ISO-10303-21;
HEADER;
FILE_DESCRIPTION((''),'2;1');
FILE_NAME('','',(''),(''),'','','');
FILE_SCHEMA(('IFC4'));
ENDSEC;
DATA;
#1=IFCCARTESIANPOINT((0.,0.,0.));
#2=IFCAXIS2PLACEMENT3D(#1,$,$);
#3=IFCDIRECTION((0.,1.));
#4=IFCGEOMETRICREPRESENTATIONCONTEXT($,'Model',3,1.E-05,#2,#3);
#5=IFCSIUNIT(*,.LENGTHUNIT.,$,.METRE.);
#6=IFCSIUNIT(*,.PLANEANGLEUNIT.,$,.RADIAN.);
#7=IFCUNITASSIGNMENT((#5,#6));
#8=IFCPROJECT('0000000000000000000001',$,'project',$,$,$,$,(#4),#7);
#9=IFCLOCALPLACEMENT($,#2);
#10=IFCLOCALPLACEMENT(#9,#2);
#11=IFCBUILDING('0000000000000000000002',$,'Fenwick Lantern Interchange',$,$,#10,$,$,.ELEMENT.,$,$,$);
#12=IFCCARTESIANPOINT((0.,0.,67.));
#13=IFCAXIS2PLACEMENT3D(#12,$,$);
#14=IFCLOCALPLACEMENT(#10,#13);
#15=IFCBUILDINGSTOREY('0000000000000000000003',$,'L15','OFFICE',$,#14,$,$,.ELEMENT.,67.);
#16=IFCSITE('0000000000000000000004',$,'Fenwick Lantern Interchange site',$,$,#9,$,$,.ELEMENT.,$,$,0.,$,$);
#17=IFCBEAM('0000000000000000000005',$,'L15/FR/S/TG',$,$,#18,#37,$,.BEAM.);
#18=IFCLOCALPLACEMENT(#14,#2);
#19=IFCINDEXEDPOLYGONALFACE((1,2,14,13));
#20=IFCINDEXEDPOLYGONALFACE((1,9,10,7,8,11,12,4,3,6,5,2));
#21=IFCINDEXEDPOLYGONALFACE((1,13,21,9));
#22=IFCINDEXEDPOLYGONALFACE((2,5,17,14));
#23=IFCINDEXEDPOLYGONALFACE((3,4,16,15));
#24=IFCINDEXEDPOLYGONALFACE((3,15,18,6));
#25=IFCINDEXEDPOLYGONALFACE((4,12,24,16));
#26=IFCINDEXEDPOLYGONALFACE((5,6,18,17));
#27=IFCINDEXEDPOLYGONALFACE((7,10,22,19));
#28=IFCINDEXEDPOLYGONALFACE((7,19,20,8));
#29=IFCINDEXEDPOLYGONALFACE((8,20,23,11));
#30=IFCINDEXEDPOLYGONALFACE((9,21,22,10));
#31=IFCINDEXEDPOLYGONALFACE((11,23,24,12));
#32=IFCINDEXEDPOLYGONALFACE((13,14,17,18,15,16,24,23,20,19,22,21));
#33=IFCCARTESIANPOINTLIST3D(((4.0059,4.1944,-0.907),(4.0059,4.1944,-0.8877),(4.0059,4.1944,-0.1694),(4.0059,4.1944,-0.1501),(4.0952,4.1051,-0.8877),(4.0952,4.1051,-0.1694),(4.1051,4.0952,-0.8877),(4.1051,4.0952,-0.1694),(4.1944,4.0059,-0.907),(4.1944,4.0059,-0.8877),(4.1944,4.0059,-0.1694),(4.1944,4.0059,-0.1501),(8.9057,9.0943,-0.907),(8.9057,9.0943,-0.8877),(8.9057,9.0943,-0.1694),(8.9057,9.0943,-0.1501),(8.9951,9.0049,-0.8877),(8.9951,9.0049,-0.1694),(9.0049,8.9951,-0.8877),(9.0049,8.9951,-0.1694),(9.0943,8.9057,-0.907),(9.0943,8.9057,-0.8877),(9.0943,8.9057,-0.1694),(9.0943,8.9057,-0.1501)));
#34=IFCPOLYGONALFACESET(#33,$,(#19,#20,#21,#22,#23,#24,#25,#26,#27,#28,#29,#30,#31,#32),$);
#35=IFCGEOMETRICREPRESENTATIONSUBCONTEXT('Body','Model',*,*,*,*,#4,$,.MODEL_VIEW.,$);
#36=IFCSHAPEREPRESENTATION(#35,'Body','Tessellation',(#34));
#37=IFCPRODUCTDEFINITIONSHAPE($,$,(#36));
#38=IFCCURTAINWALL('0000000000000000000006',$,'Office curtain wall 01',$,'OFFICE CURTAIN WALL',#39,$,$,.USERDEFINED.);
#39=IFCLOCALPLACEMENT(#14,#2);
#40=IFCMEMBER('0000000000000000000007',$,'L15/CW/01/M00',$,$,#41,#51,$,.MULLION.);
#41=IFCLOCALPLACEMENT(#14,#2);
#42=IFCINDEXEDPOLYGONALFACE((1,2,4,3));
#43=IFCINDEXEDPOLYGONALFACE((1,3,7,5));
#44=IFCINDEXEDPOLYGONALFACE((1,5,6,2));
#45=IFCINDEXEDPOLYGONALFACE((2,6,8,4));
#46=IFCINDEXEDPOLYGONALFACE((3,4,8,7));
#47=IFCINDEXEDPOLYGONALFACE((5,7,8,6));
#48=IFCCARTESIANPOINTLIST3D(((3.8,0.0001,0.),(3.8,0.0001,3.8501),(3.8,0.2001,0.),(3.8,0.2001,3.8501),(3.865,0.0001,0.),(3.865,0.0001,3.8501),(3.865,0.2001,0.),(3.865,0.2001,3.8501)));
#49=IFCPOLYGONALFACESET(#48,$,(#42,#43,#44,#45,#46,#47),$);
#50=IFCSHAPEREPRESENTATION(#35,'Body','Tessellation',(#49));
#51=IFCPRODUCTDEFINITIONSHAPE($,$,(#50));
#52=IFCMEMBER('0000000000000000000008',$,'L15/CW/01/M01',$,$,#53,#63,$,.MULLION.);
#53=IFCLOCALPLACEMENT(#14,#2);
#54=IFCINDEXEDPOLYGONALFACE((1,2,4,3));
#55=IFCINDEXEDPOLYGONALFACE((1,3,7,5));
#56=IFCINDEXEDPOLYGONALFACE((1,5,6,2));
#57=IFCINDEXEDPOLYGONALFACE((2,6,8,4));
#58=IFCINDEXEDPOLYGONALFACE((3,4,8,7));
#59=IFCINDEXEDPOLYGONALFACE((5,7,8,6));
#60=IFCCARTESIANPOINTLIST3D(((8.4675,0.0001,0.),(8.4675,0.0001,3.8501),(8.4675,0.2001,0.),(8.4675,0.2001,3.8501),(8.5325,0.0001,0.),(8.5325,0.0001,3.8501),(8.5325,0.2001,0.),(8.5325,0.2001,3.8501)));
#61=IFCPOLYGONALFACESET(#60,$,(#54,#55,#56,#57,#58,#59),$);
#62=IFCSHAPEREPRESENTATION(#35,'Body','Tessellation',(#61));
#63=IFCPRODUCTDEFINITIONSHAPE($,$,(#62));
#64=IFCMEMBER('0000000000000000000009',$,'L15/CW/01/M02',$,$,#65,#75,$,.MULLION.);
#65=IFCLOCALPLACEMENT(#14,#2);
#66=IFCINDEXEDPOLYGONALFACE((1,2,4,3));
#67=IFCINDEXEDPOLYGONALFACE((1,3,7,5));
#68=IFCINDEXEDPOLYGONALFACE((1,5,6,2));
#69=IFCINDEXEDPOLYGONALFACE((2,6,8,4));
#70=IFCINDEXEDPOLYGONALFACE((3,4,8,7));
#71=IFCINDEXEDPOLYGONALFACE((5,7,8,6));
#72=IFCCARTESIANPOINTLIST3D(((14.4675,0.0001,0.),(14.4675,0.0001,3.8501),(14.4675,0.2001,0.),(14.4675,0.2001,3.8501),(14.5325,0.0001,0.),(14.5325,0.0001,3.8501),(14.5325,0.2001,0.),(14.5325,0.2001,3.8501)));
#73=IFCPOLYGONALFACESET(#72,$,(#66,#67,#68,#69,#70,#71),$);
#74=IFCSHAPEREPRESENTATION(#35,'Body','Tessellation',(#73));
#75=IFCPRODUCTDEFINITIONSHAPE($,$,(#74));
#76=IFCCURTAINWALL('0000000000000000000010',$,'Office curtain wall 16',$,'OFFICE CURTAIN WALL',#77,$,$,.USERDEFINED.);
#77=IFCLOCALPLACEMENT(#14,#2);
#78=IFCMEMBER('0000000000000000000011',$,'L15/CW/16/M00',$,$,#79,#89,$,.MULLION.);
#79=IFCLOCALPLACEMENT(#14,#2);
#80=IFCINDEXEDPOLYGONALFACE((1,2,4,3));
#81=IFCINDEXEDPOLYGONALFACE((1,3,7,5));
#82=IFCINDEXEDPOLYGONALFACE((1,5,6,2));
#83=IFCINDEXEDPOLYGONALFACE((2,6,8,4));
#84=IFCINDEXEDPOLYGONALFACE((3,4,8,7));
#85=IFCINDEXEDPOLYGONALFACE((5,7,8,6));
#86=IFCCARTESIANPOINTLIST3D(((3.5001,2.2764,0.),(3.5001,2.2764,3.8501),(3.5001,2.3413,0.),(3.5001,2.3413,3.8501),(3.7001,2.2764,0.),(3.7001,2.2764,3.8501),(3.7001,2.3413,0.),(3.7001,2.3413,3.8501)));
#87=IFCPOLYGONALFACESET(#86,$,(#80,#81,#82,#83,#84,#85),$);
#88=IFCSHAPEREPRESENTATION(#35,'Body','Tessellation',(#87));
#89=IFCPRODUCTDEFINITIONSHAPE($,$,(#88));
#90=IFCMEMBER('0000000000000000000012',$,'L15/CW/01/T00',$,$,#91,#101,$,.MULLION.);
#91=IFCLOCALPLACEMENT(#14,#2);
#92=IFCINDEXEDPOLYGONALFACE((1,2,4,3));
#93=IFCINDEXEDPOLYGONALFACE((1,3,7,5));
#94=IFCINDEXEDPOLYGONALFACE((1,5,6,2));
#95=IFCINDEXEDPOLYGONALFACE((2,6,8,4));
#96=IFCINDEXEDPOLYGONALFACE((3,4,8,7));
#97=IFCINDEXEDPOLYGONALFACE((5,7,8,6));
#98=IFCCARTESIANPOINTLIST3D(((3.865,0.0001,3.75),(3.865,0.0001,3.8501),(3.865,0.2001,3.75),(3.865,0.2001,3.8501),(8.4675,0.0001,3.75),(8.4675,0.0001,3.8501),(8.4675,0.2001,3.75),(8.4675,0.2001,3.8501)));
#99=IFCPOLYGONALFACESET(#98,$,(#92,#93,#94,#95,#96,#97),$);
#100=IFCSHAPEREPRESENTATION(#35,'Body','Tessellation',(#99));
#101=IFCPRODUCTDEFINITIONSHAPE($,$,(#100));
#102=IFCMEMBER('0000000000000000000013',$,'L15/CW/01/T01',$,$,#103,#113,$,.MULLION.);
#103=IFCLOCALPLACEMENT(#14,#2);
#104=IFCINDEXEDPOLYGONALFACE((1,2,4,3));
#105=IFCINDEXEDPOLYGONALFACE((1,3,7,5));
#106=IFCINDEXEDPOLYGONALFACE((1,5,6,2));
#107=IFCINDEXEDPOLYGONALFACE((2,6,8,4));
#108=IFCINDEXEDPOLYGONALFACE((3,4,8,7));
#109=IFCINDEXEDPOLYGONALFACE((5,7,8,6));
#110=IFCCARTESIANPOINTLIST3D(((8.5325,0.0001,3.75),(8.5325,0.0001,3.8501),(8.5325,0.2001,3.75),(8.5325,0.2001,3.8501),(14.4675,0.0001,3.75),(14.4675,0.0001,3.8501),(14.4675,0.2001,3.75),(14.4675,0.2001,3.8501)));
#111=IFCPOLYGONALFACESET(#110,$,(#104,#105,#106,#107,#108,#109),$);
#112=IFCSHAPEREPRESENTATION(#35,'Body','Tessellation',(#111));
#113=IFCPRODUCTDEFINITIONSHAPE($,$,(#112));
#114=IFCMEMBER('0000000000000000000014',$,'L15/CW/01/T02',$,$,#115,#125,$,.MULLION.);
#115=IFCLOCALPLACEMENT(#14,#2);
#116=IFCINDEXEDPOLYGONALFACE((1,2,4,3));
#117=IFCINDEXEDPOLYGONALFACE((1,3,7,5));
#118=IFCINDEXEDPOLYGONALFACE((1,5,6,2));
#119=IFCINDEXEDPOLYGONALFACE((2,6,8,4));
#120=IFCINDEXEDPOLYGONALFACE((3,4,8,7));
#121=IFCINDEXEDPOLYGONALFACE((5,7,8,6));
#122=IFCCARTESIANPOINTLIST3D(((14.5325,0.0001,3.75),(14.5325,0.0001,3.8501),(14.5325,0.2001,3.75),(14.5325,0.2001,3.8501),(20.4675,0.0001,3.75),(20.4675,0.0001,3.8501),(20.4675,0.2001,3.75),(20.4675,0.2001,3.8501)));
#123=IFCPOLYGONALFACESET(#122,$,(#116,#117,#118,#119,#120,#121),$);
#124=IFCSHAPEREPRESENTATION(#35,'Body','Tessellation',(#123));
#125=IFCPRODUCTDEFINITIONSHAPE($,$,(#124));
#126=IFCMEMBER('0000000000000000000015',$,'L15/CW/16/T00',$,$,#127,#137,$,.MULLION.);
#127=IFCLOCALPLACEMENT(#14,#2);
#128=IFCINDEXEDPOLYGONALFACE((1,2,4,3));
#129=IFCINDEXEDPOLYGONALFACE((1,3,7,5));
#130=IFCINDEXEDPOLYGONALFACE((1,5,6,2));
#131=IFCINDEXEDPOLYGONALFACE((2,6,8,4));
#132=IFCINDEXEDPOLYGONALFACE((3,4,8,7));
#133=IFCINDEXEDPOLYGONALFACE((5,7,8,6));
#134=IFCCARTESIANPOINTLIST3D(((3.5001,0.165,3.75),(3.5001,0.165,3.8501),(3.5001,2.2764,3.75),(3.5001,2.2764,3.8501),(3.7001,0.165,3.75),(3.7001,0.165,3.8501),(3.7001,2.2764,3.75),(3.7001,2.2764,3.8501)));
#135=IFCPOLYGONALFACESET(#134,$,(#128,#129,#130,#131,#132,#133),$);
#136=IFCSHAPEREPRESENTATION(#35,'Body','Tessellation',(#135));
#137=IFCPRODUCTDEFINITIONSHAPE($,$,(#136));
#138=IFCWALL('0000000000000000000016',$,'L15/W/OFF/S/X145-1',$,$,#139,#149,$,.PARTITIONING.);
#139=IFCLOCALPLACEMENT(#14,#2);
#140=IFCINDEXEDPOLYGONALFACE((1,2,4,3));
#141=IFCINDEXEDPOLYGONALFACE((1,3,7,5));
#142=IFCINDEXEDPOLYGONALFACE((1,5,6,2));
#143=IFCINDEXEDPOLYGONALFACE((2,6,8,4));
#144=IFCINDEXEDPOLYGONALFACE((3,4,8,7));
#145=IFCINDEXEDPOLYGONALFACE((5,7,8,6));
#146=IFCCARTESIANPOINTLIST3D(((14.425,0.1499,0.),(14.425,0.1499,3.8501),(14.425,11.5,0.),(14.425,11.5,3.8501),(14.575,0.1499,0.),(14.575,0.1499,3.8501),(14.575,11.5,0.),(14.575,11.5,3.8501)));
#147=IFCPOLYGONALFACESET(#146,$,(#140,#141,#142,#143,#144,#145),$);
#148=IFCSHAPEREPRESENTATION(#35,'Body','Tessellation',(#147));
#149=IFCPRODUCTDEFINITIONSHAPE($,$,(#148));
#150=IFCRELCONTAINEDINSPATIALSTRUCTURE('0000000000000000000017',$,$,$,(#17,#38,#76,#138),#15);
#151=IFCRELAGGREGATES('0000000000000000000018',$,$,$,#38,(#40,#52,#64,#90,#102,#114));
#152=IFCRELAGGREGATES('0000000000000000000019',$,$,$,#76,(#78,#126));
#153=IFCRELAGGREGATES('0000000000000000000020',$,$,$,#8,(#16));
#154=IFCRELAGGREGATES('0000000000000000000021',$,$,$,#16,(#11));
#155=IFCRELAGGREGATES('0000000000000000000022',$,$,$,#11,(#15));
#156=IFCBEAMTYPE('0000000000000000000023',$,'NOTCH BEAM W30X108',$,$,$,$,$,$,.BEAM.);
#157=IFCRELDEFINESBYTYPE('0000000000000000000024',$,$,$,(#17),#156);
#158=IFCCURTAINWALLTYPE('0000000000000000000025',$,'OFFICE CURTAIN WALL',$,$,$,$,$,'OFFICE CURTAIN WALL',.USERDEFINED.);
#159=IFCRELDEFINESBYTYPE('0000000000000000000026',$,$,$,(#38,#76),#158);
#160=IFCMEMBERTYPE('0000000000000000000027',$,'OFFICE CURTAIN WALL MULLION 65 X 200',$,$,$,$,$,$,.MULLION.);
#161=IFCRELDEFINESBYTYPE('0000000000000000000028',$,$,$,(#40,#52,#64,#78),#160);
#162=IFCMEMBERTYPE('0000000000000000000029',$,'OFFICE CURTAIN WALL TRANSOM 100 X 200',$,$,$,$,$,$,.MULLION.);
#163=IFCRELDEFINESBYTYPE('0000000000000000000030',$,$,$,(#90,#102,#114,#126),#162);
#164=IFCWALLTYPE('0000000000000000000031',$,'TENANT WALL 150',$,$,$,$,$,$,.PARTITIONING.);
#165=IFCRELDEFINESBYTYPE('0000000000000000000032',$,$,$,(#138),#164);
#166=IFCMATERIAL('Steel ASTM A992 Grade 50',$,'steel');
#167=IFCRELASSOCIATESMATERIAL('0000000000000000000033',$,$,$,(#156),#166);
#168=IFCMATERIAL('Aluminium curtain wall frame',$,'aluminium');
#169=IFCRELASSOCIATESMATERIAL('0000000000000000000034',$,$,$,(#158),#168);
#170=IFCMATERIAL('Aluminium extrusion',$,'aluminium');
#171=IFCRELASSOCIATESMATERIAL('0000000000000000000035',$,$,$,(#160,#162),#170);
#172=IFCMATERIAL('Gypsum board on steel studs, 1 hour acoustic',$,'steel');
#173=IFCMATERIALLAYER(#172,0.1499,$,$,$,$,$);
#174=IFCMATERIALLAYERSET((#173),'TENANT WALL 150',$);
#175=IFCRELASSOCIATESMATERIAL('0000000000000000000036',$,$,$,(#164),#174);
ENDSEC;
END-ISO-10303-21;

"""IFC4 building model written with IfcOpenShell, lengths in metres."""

from ifc_helpers import new_model, si_unit, direction, frame, frame_2d, origin, origin_2d, place, context, subcontext, project, spatial, rectangle, i_section, extrude, material, layer, layer_set, material_profile, profile_set, type_object, element, aggregate, save


model = new_model("IFC4")

# Units and contexts
model_context = context("Model", 3, precision=1e-05, world=origin(), true_north=direction((0.0, 1.0)))
body_context = subcontext(model_context, "Body", "Model", "MODEL_VIEW")
ifc_project = project(units=[si_unit("LENGTHUNIT", "METRE"), si_unit("PLANEANGLEUNIT", "RADIAN")], contexts=[model_context])

# Site, building, storey
site_placement = place(None, origin())
site = spatial("IfcSite", under=ifc_project, at=site_placement, Name="Fenwick Lantern Interchange site", CompositionType="ELEMENT", RefElevation=0.0)
building_placement = place(site_placement, origin())
building = spatial("IfcBuilding", under=site, at=building_placement, Name="Fenwick Lantern Interchange", CompositionType="ELEMENT")
storey_placement = place(building_placement, frame((0.0, 0.0, 67.0)))
storey = spatial("IfcBuildingStorey", under=building, at=storey_placement, Name="L15", Description="OFFICE", CompositionType="ELEMENT", Elevation=67.0)

# Shared definitions
ifc_material_1 = material(Name="Steel ASTM A992 Grade 50", Category="steel")

# Beam
ifc_material_profile_1 = material_profile(ifc_material_1, i_section(OverallWidth=0.2666, OverallDepth=0.7568, WebThickness=0.0139, FlangeThickness=0.0193, at=origin_2d()), Name="W30X108")
ifc_profile_set_1 = profile_set([ifc_material_profile_1], Name="Steel ASTM A992 Grade 50")
beam_type_1 = type_object("IfcBeamType", Name="NOTCH BEAM W30X108", PredefinedType="BEAM", material=ifc_profile_set_1)
beam_1_placement = place(storey_placement, frame((9.0, 9.0, -0.5286), z_axis=(-0.707107, -0.707107, 0.0), x_axis=(0.707107, -0.707107, 0.0)))
element("IfcBeam", 1, at=beam_1_placement, inside=storey, type_object=beam_type_1, Name="L15/FR/S/TG", PredefinedType="BEAM", context=body_context, shape_type="SweptSolid", body=[
    extrude(i_section(OverallWidth=0.2666, OverallDepth=0.7568, WebThickness=0.0139, FlangeThickness=0.0193, at=origin_2d()), origin(), (0.0, 0.0, 1.0), 6.9294),
])

# Curtain wall, members
ifc_material_2 = material(Name="Aluminium curtain wall frame", Category="aluminium")
curtain_wall_type = type_object("IfcCurtainWallType", Name="OFFICE CURTAIN WALL", ElementType="OFFICE CURTAIN WALL", PredefinedType="USERDEFINED", material=ifc_material_2)
curtain_wall_1_placement = place(storey_placement, origin())
curtain_wall_1 = element("IfcCurtainWall", 2, at=curtain_wall_1_placement, inside=storey, type_object=curtain_wall_type, Name="Office curtain wall 01", ObjectType="OFFICE CURTAIN WALL", PredefinedType="USERDEFINED")
ifc_material_3 = material(Name="Aluminium extrusion", Category="aluminium")
ifc_material_profile_2 = material_profile(ifc_material_3, rectangle(XDim=0.2, YDim=0.0649, at=origin_2d()), Name="OFFICE CURTAIN WALL MULLION 65 X 200")
ifc_profile_set_2 = profile_set([ifc_material_profile_2], Name="Aluminium extrusion")
member_type_1 = type_object("IfcMemberType", Name="OFFICE CURTAIN WALL MULLION 65 X 200", PredefinedType="MULLION", material=ifc_profile_set_2)
member_1_placement = place(storey_placement, frame((3.8325, 0.1001, 0.0), z_axis=(0.0, 0.0, 1.0), x_axis=(0.0, 1.0, 0.0)))
member_1 = element("IfcMember", 3, at=member_1_placement, type_object=member_type_1, Name="L15/CW/01/M00", PredefinedType="MULLION", context=body_context, shape_type="SweptSolid", body=[
    extrude(rectangle(XDim=0.2, YDim=0.0649, at=origin_2d()), origin(), (0.0, 0.0, 1.0), 3.8501),
])
member_2_placement = place(storey_placement, frame((8.5, 0.1001, 0.0), z_axis=(0.0, 0.0, 1.0), x_axis=(0.0, 1.0, 0.0)))
member_2 = element("IfcMember", 4, at=member_2_placement, type_object=member_type_1, Name="L15/CW/01/M01", PredefinedType="MULLION", context=body_context, shape_type="SweptSolid", body=[
    extrude(rectangle(XDim=0.2, YDim=0.0649, at=origin_2d()), origin(), (0.0, 0.0, 1.0), 3.8501),
])
member_3_placement = place(storey_placement, frame((14.5, 0.1001, 0.0), z_axis=(0.0, 0.0, 1.0), x_axis=(0.0, 1.0, 0.0)))
member_3 = element("IfcMember", 5, at=member_3_placement, type_object=member_type_1, Name="L15/CW/01/M02", PredefinedType="MULLION", context=body_context, shape_type="SweptSolid", body=[
    extrude(rectangle(XDim=0.2, YDim=0.0649, at=origin_2d()), origin(), (0.0, 0.0, 1.0), 3.8501),
])

# Curtain wall, member
curtain_wall_2_placement = place(storey_placement, origin())
curtain_wall_2 = element("IfcCurtainWall", 6, at=curtain_wall_2_placement, inside=storey, type_object=curtain_wall_type, Name="Office curtain wall 16", ObjectType="OFFICE CURTAIN WALL", PredefinedType="USERDEFINED")
member_4_placement = place(storey_placement, frame((3.6001, 2.3088, 0.0), z_axis=(0.0, 0.0, 1.0), x_axis=(1.0, 0.0, 0.0)))
member_4 = element("IfcMember", 7, at=member_4_placement, type_object=member_type_1, Name="L15/CW/16/M00", PredefinedType="MULLION", context=body_context, shape_type="SweptSolid", body=[
    extrude(rectangle(XDim=0.2, YDim=0.0649, at=origin_2d()), origin(), (0.0, 0.0, 1.0), 3.8501),
])

# Members
ifc_material_profile_3 = material_profile(ifc_material_3, rectangle(XDim=0.2, YDim=0.1001, at=origin_2d()), Name="OFFICE CURTAIN WALL TRANSOM 100 X 200")
ifc_profile_set_3 = profile_set([ifc_material_profile_3], Name="Aluminium extrusion")
member_type_2 = type_object("IfcMemberType", Name="OFFICE CURTAIN WALL TRANSOM 100 X 200", PredefinedType="MULLION", material=ifc_profile_set_3)
member_5_placement = place(storey_placement, frame((3.865, 0.1001, 3.8), z_axis=(1.0, 0.0, 0.0), x_axis=(0.0, 1.0, 0.0)))
member_5 = element("IfcMember", 8, at=member_5_placement, type_object=member_type_2, Name="L15/CW/01/T00", PredefinedType="MULLION", context=body_context, shape_type="SweptSolid", body=[
    extrude(rectangle(XDim=0.2, YDim=0.1001, at=origin_2d()), origin(), (0.0, 0.0, 1.0), 4.6025),
])
member_6_placement = place(storey_placement, frame((8.5325, 0.1001, 3.8), z_axis=(1.0, 0.0, 0.0), x_axis=(0.0, 1.0, 0.0)))
member_6 = element("IfcMember", 9, at=member_6_placement, type_object=member_type_2, Name="L15/CW/01/T01", PredefinedType="MULLION", context=body_context, shape_type="SweptSolid", body=[
    extrude(rectangle(XDim=0.2, YDim=0.1001, at=origin_2d()), origin(), (0.0, 0.0, 1.0), 5.9351),
])
member_7_placement = place(storey_placement, frame((14.5325, 0.1001, 3.8), z_axis=(1.0, 0.0, 0.0), x_axis=(0.0, 1.0, 0.0)))
member_7 = element("IfcMember", 10, at=member_7_placement, type_object=member_type_2, Name="L15/CW/01/T02", PredefinedType="MULLION", context=body_context, shape_type="SweptSolid", body=[
    extrude(rectangle(XDim=0.2, YDim=0.1001, at=origin_2d()), origin(), (0.0, 0.0, 1.0), 5.9351),
])
aggregate(curtain_wall_1, [member_1, member_2, member_3, member_5, member_6, member_7])
member_8_placement = place(storey_placement, frame((3.6001, 2.2764, 3.8), z_axis=(0.0, -1.0, 0.0), x_axis=(1.0, 0.0, 0.0)))
member_8 = element("IfcMember", 11, at=member_8_placement, type_object=member_type_2, Name="L15/CW/16/T00", PredefinedType="MULLION", context=body_context, shape_type="SweptSolid", body=[
    extrude(rectangle(XDim=0.2, YDim=0.1001, at=origin_2d()), origin(), (0.0, 0.0, 1.0), 2.1113),
])
aggregate(curtain_wall_2, [member_4, member_8])

# Wall
ifc_material_4 = material(Name="Gypsum board on steel studs, 1 hour acoustic", Category="steel")
ifc_layer_1 = layer(ifc_material_4, 0.1499)
ifc_layer_set_1 = layer_set([ifc_layer_1], Name="TENANT WALL 150")
wall_type = type_object("IfcWallType", Name="TENANT WALL 150", PredefinedType="PARTITIONING", material=ifc_layer_set_1)
wall_placement = place(storey_placement, frame((14.5, 0.1499, 0.0), z_axis=(0.0, 0.0, 1.0), x_axis=(0.0, 1.0, 0.0)))
element("IfcWall", 12, at=wall_placement, inside=storey, type_object=wall_type, Name="L15/W/OFF/S/X145-1", PredefinedType="PARTITIONING", context=body_context, shape_type="SweptSolid", body=[
    extrude(rectangle(XDim=11.3501, YDim=0.1499, at=frame_2d((5.675, 0.0))), origin(), (0.0, 0.0, 1.0), 3.8501),
])

save(model, "model.ifc")
